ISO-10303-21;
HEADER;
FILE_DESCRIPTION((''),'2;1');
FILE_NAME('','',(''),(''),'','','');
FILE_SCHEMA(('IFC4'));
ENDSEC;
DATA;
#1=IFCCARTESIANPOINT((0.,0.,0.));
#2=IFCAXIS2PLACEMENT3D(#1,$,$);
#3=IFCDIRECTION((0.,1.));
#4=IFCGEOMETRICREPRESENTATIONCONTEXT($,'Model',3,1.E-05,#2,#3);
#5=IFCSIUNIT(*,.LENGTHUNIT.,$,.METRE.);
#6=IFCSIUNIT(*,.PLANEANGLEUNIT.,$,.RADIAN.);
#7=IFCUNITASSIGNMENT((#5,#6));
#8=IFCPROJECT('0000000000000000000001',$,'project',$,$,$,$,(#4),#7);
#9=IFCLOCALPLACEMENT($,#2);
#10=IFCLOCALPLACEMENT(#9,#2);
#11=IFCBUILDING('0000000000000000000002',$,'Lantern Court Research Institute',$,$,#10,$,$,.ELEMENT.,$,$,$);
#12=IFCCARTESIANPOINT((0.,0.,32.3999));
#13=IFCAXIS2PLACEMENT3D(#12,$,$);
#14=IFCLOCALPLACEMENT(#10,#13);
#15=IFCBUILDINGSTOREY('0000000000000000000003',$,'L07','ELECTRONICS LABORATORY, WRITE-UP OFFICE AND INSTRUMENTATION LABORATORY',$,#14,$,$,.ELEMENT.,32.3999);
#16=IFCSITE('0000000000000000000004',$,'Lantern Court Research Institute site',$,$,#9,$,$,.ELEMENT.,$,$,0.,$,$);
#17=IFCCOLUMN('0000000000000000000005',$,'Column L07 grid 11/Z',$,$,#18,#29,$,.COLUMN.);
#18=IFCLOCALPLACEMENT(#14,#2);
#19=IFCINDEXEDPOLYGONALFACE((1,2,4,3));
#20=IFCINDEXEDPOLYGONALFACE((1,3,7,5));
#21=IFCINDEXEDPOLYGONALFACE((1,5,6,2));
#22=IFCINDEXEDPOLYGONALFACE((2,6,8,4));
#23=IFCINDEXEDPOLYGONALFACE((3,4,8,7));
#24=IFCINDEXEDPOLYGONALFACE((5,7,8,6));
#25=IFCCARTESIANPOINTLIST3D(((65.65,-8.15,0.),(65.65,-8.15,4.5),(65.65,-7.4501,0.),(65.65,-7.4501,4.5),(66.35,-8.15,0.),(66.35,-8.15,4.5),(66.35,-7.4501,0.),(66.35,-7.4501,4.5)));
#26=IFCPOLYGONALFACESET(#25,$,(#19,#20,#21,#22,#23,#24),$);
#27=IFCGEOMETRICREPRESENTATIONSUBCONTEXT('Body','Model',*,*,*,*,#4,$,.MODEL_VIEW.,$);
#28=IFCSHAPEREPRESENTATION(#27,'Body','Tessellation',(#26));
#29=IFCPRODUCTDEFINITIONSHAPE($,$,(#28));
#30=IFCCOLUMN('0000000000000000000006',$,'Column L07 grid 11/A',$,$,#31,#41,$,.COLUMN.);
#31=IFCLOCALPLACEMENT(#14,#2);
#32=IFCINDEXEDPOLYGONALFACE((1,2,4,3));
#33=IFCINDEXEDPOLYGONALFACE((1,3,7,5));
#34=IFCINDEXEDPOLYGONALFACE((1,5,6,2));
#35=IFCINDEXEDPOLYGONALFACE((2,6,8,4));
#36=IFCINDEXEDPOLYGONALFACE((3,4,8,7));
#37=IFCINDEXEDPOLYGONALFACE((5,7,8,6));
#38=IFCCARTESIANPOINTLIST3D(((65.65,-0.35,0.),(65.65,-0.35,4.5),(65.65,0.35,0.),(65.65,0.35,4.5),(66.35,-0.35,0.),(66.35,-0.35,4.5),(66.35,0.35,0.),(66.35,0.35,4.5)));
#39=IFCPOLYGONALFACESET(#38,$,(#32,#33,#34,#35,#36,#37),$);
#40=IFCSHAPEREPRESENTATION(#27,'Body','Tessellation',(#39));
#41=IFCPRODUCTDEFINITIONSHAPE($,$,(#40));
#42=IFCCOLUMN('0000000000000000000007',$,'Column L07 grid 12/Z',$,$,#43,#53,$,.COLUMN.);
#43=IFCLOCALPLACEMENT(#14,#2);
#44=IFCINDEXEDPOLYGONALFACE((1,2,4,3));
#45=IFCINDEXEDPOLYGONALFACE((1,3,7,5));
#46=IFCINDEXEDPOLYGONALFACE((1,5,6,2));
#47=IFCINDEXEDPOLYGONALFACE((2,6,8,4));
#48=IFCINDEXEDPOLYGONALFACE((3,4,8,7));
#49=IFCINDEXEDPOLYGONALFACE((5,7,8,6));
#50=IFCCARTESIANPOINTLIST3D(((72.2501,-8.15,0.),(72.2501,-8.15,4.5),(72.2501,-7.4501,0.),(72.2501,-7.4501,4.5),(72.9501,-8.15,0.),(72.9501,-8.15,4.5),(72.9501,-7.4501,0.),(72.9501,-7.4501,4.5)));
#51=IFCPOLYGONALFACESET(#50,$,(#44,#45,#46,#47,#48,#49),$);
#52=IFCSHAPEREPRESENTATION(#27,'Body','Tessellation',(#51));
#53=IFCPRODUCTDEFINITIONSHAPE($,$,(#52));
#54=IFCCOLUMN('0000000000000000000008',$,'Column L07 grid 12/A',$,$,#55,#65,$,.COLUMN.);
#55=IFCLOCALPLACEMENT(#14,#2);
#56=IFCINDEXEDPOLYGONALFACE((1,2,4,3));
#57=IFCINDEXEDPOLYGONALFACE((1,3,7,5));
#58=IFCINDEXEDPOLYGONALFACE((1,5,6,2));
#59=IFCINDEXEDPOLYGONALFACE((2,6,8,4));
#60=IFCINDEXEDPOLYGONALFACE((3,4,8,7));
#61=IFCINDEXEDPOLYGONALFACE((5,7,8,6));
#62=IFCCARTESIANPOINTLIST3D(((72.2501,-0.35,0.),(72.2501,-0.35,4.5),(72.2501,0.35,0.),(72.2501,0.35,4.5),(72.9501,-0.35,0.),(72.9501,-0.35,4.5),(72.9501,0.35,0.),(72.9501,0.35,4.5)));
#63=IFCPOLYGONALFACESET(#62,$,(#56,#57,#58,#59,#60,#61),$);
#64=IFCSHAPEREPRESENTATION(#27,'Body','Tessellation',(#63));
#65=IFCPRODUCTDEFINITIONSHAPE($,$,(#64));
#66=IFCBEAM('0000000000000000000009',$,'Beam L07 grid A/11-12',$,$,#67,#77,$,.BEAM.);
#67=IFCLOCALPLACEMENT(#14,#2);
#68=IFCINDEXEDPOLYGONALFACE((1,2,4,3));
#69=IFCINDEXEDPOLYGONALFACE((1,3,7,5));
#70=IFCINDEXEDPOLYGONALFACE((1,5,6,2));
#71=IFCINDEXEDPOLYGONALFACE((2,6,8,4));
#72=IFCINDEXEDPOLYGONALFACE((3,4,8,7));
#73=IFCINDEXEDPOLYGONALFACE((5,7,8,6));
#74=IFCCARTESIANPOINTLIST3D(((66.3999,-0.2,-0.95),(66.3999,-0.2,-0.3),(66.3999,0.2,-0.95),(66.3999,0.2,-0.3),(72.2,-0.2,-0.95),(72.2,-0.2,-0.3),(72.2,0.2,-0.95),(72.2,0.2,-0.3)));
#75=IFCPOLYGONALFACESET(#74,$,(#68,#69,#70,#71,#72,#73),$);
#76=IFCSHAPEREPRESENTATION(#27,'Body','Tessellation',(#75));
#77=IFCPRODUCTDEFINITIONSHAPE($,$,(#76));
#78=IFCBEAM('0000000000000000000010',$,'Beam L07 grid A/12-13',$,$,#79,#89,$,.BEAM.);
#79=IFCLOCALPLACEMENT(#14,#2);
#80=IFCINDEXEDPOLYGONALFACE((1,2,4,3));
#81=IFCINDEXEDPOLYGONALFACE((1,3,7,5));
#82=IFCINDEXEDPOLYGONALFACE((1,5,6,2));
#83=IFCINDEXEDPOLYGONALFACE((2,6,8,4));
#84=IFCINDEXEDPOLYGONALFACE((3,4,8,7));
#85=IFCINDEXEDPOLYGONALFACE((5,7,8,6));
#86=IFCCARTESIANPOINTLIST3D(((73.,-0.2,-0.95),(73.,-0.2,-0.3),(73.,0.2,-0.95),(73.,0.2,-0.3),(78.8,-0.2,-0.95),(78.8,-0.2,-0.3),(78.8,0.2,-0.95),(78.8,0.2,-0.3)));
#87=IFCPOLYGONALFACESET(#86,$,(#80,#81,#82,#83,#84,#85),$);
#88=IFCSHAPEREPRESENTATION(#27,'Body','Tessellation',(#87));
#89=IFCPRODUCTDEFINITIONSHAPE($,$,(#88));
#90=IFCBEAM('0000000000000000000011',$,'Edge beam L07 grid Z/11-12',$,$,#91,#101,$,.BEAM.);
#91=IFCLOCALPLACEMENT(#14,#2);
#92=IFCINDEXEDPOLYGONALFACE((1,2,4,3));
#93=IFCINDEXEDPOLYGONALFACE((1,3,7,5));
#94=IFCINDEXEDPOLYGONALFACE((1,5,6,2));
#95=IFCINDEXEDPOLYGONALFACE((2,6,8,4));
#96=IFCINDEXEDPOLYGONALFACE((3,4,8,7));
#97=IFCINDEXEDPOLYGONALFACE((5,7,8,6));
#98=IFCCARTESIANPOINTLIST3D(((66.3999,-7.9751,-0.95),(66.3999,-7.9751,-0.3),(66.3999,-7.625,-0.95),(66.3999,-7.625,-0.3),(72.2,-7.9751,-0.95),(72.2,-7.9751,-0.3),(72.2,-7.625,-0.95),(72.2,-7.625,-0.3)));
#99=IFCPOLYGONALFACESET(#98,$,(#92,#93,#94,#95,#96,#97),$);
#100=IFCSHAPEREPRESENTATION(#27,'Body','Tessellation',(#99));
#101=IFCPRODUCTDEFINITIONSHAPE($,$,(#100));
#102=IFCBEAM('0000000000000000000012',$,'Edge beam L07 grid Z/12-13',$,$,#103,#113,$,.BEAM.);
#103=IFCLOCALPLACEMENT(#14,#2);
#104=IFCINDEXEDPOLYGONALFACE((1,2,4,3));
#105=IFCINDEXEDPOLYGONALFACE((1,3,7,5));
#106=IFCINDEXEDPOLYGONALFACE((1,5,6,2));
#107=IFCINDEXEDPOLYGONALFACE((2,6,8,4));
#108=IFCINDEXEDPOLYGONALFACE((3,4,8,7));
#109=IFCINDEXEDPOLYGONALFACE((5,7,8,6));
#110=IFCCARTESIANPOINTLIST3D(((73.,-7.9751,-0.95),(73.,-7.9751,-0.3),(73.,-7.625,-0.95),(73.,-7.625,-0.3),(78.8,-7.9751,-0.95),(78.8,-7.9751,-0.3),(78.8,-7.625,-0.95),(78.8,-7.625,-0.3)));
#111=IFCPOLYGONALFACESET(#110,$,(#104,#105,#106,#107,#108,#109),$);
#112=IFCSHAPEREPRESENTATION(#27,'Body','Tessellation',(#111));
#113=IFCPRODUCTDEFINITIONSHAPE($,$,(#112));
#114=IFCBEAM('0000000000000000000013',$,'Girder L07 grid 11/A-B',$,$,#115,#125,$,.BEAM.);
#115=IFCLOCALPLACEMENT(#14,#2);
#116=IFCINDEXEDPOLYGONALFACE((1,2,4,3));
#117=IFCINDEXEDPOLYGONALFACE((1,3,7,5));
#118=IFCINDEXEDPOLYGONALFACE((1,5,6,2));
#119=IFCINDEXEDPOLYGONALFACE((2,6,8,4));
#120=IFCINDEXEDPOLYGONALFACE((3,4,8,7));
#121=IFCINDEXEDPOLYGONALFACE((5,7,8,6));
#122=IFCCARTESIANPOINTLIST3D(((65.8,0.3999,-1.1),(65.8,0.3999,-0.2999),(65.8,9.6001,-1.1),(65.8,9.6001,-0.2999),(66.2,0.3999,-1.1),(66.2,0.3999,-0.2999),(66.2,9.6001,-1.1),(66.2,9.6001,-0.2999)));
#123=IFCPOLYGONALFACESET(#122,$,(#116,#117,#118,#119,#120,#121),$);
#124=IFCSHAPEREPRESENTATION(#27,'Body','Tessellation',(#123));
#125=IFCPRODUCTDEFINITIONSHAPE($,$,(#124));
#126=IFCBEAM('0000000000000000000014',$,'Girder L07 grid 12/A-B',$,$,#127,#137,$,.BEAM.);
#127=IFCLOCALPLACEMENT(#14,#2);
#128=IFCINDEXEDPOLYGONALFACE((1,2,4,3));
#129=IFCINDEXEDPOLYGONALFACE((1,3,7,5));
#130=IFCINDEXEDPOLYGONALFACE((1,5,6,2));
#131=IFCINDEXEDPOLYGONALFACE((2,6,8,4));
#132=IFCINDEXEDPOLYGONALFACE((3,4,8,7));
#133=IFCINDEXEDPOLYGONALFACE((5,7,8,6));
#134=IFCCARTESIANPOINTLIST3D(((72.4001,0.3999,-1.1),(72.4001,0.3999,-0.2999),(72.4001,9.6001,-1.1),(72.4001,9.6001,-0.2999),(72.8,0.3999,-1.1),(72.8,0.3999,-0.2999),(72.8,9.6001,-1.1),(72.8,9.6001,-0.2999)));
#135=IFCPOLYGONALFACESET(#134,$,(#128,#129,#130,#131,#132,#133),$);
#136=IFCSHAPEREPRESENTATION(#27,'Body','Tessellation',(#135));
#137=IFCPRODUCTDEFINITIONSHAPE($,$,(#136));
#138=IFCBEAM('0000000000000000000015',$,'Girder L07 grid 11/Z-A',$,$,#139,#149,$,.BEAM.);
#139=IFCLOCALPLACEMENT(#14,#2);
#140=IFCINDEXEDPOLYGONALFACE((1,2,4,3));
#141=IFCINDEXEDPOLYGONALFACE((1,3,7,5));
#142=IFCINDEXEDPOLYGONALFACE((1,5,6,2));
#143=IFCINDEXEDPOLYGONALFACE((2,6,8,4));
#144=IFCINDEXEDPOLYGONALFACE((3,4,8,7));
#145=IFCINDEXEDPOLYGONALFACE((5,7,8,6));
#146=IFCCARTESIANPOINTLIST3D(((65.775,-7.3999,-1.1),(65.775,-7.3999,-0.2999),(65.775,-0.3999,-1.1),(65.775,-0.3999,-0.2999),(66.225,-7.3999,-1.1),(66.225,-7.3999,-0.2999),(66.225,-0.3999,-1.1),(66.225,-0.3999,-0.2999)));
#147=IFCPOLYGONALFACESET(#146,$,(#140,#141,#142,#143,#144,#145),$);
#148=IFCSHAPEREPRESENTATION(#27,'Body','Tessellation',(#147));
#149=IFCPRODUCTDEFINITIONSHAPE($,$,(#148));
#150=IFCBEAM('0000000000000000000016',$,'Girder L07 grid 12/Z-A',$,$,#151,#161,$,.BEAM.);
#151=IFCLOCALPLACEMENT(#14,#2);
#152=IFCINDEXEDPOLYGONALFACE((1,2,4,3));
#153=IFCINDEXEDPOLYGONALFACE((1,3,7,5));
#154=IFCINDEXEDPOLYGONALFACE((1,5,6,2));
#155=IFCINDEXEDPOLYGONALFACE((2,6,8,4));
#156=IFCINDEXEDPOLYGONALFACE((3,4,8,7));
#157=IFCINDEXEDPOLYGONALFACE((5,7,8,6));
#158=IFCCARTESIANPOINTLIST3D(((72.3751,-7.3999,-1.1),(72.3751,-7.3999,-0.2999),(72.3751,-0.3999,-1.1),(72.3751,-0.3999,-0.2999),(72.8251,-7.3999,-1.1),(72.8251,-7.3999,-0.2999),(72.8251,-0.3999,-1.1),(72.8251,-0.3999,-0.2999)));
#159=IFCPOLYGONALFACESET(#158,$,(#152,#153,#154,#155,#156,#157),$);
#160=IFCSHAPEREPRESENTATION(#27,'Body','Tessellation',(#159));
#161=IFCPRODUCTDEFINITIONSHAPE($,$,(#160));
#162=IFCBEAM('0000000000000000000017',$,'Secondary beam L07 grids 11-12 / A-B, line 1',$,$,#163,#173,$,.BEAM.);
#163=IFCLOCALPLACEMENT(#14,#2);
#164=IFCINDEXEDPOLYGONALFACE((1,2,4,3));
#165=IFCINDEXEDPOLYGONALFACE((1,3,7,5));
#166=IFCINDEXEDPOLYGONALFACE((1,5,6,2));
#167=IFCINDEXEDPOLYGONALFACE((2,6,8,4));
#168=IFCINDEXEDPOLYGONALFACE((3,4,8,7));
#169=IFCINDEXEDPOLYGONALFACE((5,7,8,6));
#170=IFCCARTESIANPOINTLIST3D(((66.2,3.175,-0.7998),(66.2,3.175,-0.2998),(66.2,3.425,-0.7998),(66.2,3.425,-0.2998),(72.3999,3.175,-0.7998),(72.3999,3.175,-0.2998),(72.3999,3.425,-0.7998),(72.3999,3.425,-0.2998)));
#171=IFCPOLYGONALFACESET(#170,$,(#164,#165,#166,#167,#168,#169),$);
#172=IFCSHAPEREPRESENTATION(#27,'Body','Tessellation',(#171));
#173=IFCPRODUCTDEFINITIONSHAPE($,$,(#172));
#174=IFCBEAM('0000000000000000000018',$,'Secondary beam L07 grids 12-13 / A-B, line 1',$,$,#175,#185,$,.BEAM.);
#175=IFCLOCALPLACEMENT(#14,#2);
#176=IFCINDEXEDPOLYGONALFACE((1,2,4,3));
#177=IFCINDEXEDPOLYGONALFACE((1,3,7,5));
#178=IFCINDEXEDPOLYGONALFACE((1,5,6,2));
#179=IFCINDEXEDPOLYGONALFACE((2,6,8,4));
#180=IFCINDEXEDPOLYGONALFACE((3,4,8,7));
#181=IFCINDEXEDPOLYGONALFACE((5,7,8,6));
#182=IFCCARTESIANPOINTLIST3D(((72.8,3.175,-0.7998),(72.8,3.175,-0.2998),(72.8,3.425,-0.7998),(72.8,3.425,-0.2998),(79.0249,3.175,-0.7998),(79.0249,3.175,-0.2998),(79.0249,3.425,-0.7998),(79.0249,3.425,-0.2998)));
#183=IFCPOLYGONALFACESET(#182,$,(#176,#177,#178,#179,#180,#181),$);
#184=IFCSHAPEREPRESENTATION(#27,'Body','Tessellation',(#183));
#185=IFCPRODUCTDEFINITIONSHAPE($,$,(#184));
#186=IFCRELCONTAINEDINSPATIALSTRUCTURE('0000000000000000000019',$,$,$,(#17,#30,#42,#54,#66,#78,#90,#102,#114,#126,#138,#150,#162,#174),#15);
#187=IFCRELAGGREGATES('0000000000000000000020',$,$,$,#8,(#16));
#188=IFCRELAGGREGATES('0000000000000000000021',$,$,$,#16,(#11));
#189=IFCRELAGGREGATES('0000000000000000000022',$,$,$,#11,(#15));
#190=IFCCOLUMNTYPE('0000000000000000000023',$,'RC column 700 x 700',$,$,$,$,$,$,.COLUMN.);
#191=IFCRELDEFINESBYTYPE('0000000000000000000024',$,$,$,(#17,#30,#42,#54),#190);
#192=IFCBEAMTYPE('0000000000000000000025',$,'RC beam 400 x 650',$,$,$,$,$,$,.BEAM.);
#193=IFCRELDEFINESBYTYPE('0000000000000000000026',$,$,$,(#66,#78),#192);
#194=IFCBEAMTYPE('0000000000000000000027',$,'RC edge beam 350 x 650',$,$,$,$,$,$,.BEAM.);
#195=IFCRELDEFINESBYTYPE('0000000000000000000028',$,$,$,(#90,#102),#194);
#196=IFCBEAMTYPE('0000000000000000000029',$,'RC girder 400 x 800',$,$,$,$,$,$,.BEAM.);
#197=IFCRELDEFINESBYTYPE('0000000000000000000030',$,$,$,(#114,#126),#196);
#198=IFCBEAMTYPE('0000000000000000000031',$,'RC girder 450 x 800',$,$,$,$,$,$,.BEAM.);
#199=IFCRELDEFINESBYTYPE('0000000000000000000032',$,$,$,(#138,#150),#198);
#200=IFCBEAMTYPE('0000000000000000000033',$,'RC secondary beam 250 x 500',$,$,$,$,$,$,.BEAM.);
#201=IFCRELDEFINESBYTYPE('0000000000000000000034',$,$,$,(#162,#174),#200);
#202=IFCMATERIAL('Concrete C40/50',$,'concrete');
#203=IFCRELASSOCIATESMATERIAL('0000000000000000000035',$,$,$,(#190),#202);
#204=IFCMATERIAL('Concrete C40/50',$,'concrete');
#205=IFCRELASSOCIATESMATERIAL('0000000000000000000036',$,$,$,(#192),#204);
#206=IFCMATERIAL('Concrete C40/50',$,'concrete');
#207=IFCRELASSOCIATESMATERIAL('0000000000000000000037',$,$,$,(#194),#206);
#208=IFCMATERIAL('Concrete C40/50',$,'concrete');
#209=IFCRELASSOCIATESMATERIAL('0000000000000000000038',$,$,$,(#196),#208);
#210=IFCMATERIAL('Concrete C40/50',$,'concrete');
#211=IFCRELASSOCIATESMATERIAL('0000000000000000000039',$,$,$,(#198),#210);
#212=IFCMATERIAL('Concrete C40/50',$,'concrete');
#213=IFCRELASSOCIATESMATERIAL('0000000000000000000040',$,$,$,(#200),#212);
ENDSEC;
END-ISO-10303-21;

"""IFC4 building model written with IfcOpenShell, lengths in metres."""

from ifc_helpers import new_model, si_unit, direction, frame, origin, origin_2d, place, context, subcontext, project, spatial, rectangle, extrude, material, material_profile, profile_set, type_object, element, save


model = new_model("IFC4")

# Units and contexts
model_context = context("Model", 3, precision=1e-05, world=origin(), true_north=direction((0.0, 1.0)))
body_context = subcontext(model_context, "Body", "Model", "MODEL_VIEW")
ifc_project = project(units=[si_unit("LENGTHUNIT", "METRE"), si_unit("PLANEANGLEUNIT", "RADIAN")], contexts=[model_context])

# Site, building, storey
site_placement = place(None, origin())
site = spatial("IfcSite", under=ifc_project, at=site_placement, Name="Lantern Court Research Institute site", CompositionType="ELEMENT", RefElevation=0.0)
building_placement = place(site_placement, origin())
building = spatial("IfcBuilding", under=site, at=building_placement, Name="Lantern Court Research Institute", CompositionType="ELEMENT")
storey_placement = place(building_placement, frame((0.0, 0.0, 32.3999)))
storey = spatial("IfcBuildingStorey", under=building, at=storey_placement, Name="L07", Description="ELECTRONICS LABORATORY, WRITE-UP OFFICE AND INSTRUMENTATION LABORATORY", CompositionType="ELEMENT", Elevation=32.3999)

# Columns
ifc_material_1 = material(Name="Concrete C40/50", Category="concrete")
ifc_material_profile_1 = material_profile(ifc_material_1, rectangle(XDim=0.7, YDim=0.7, at=origin_2d()), Name="RC column 700 x 700")
ifc_profile_set_1 = profile_set([ifc_material_profile_1], Name="Concrete C40/50")
column_type = type_object("IfcColumnType", Name="RC column 700 x 700", PredefinedType="COLUMN", material=ifc_profile_set_1)
for number, where, z_axis, x_axis, name in (
    (1, (66.0, -7.8, 0.0), (0.0, 0.0, 1.0), (1.0, 0.0, 0.0), "Column L07 grid 11/Z"),
    (2, (66.0, 0.0, 0.0), (0.0, 0.0, 1.0), (1.0, 0.0, 0.0), "Column L07 grid 11/A"),
    (3, (72.6001, -7.8, 0.0), (0.0, 0.0, 1.0), (1.0, 0.0, 0.0), "Column L07 grid 12/Z"),
    (4, (72.6001, 0.0, 0.0), (0.0, 0.0, 1.0), (1.0, 0.0, 0.0), "Column L07 grid 12/A"),
):
    element("IfcColumn", number, at=place(storey_placement, frame(where, z_axis=z_axis, x_axis=x_axis)), inside=storey, type_object=column_type, Name=name, PredefinedType="COLUMN", context=body_context, shape_type="SweptSolid", body=[
        extrude(rectangle(XDim=0.7, YDim=0.7, at=origin_2d()), origin(), (0.0, 0.0, 1.0), 4.5),
    ])

# Beams
ifc_material_2 = material(Name="Concrete C40/50", Category="concrete")
ifc_material_profile_2 = material_profile(ifc_material_2, rectangle(XDim=0.3999, YDim=0.6499, at=origin_2d()), Name="RC beam 400 x 650")
ifc_profile_set_2 = profile_set([ifc_material_profile_2], Name="Concrete C40/50")
beam_type_1 = type_object("IfcBeamType", Name="RC beam 400 x 650", PredefinedType="BEAM", material=ifc_profile_set_2)
for number, where, z_axis, x_axis, name in (
    (5, (66.3999, 0.0, -0.625), (1.0, 0.0, 0.0), (0.0, 1.0, 0.0), "Beam L07 grid A/11-12"),
    (6, (73.0, 0.0, -0.625), (1.0, 0.0, 0.0), (0.0, 1.0, 0.0), "Beam L07 grid A/12-13"),
):
    element("IfcBeam", number, at=place(storey_placement, frame(where, z_axis=z_axis, x_axis=x_axis)), inside=storey, type_object=beam_type_1, Name=name, PredefinedType="BEAM", context=body_context, shape_type="SweptSolid", body=[
        extrude(rectangle(XDim=0.3999, YDim=0.6499, at=origin_2d()), origin(), (0.0, 0.0, 1.0), 5.8),
    ])
ifc_material_3 = material(Name="Concrete C40/50", Category="concrete")
ifc_material_profile_3 = material_profile(ifc_material_3, rectangle(XDim=0.3501, YDim=0.6499, at=origin_2d()), Name="RC beam 350 x 650")
ifc_profile_set_3 = profile_set([ifc_material_profile_3], Name="Concrete C40/50")
beam_type_2 = type_object("IfcBeamType", Name="RC edge beam 350 x 650", PredefinedType="BEAM", material=ifc_profile_set_3)
for number, where, z_axis, x_axis, name in (
    (7, (66.3999, -7.8, -0.625), (1.0, 0.0, 0.0), (0.0, 1.0, 0.0), "Edge beam L07 grid Z/11-12"),
    (8, (73.0, -7.8, -0.625), (1.0, 0.0, 0.0), (0.0, 1.0, 0.0), "Edge beam L07 grid Z/12-13"),
):
    element("IfcBeam", number, at=place(storey_placement, frame(where, z_axis=z_axis, x_axis=x_axis)), inside=storey, type_object=beam_type_2, Name=name, PredefinedType="BEAM", context=body_context, shape_type="SweptSolid", body=[
        extrude(rectangle(XDim=0.3501, YDim=0.6499, at=origin_2d()), origin(), (0.0, 0.0, 1.0), 5.8),
    ])
ifc_material_4 = material(Name="Concrete C40/50", Category="concrete")
ifc_material_profile_4 = material_profile(ifc_material_4, rectangle(XDim=0.3999, YDim=0.8, at=origin_2d()), Name="RC beam 400 x 800")
ifc_profile_set_4 = profile_set([ifc_material_profile_4], Name="Concrete C40/50")
beam_type_3 = type_object("IfcBeamType", Name="RC girder 400 x 800", PredefinedType="BEAM", material=ifc_profile_set_4)
for number, where, z_axis, x_axis, name in (
    (9, (66.0, 0.3999, -0.7), (0.0, 1.0, 0.0), (-1.0, 0.0, 0.0), "Girder L07 grid 11/A-B"),
    (10, (72.6001, 0.3999, -0.7), (0.0, 1.0, 0.0), (-1.0, 0.0, 0.0), "Girder L07 grid 12/A-B"),
):
    element("IfcBeam", number, at=place(storey_placement, frame(where, z_axis=z_axis, x_axis=x_axis)), inside=storey, type_object=beam_type_3, Name=name, PredefinedType="BEAM", context=body_context, shape_type="SweptSolid", body=[
        extrude(rectangle(XDim=0.3999, YDim=0.8, at=origin_2d()), origin(), (0.0, 0.0, 1.0), 9.2002),
    ])
ifc_material_5 = material(Name="Concrete C40/50", Category="concrete")
ifc_material_profile_5 = material_profile(ifc_material_5, rectangle(XDim=0.45, YDim=0.8, at=origin_2d()), Name="RC beam 450 x 800")
ifc_profile_set_5 = profile_set([ifc_material_profile_5], Name="Concrete C40/50")
beam_type_4 = type_object("IfcBeamType", Name="RC girder 450 x 800", PredefinedType="BEAM", material=ifc_profile_set_5)
for number, where, z_axis, x_axis, name in (
    (11, (66.0, -7.3999, -0.7), (0.0, 1.0, 0.0), (-1.0, 0.0, 0.0), "Girder L07 grid 11/Z-A"),
    (12, (72.6001, -7.3999, -0.7), (0.0, 1.0, 0.0), (-1.0, 0.0, 0.0), "Girder L07 grid 12/Z-A"),
):
    element("IfcBeam", number, at=place(storey_placement, frame(where, z_axis=z_axis, x_axis=x_axis)), inside=storey, type_object=beam_type_4, Name=name, PredefinedType="BEAM", context=body_context, shape_type="SweptSolid", body=[
        extrude(rectangle(XDim=0.45, YDim=0.8, at=origin_2d()), origin(), (0.0, 0.0, 1.0), 7.0),
    ])
ifc_material_6 = material(Name="Concrete C40/50", Category="concrete")
ifc_material_profile_6 = material_profile(ifc_material_6, rectangle(XDim=0.25, YDim=0.5, at=origin_2d()), Name="RC beam 250 x 500")
ifc_profile_set_6 = profile_set([ifc_material_profile_6], Name="Concrete C40/50")
beam_type_5 = type_object("IfcBeamType", Name="RC secondary beam 250 x 500", PredefinedType="BEAM", material=ifc_profile_set_6)
beam_1_placement = place(storey_placement, frame((66.2, 3.3, -0.5498), z_axis=(1.0, 0.0, 0.0), x_axis=(0.0, 1.0, 0.0)))
element("IfcBeam", 13, at=beam_1_placement, inside=storey, type_object=beam_type_5, Name="Secondary beam L07 grids 11-12 / A-B, line 1", PredefinedType="BEAM", context=body_context, shape_type="SweptSolid", body=[
    extrude(rectangle(XDim=0.25, YDim=0.5, at=origin_2d()), origin(), (0.0, 0.0, 1.0), 6.2),
])
beam_2_placement = place(storey_placement, frame((72.8, 3.3, -0.5498), z_axis=(1.0, 0.0, 0.0), x_axis=(0.0, 1.0, 0.0)))
element("IfcBeam", 14, at=beam_2_placement, inside=storey, type_object=beam_type_5, Name="Secondary beam L07 grids 12-13 / A-B, line 1", PredefinedType="BEAM", context=body_context, shape_type="SweptSolid", body=[
    extrude(rectangle(XDim=0.25, YDim=0.5, at=origin_2d()), origin(), (0.0, 0.0, 1.0), 6.2249),
])

save(model, "model.ifc")
